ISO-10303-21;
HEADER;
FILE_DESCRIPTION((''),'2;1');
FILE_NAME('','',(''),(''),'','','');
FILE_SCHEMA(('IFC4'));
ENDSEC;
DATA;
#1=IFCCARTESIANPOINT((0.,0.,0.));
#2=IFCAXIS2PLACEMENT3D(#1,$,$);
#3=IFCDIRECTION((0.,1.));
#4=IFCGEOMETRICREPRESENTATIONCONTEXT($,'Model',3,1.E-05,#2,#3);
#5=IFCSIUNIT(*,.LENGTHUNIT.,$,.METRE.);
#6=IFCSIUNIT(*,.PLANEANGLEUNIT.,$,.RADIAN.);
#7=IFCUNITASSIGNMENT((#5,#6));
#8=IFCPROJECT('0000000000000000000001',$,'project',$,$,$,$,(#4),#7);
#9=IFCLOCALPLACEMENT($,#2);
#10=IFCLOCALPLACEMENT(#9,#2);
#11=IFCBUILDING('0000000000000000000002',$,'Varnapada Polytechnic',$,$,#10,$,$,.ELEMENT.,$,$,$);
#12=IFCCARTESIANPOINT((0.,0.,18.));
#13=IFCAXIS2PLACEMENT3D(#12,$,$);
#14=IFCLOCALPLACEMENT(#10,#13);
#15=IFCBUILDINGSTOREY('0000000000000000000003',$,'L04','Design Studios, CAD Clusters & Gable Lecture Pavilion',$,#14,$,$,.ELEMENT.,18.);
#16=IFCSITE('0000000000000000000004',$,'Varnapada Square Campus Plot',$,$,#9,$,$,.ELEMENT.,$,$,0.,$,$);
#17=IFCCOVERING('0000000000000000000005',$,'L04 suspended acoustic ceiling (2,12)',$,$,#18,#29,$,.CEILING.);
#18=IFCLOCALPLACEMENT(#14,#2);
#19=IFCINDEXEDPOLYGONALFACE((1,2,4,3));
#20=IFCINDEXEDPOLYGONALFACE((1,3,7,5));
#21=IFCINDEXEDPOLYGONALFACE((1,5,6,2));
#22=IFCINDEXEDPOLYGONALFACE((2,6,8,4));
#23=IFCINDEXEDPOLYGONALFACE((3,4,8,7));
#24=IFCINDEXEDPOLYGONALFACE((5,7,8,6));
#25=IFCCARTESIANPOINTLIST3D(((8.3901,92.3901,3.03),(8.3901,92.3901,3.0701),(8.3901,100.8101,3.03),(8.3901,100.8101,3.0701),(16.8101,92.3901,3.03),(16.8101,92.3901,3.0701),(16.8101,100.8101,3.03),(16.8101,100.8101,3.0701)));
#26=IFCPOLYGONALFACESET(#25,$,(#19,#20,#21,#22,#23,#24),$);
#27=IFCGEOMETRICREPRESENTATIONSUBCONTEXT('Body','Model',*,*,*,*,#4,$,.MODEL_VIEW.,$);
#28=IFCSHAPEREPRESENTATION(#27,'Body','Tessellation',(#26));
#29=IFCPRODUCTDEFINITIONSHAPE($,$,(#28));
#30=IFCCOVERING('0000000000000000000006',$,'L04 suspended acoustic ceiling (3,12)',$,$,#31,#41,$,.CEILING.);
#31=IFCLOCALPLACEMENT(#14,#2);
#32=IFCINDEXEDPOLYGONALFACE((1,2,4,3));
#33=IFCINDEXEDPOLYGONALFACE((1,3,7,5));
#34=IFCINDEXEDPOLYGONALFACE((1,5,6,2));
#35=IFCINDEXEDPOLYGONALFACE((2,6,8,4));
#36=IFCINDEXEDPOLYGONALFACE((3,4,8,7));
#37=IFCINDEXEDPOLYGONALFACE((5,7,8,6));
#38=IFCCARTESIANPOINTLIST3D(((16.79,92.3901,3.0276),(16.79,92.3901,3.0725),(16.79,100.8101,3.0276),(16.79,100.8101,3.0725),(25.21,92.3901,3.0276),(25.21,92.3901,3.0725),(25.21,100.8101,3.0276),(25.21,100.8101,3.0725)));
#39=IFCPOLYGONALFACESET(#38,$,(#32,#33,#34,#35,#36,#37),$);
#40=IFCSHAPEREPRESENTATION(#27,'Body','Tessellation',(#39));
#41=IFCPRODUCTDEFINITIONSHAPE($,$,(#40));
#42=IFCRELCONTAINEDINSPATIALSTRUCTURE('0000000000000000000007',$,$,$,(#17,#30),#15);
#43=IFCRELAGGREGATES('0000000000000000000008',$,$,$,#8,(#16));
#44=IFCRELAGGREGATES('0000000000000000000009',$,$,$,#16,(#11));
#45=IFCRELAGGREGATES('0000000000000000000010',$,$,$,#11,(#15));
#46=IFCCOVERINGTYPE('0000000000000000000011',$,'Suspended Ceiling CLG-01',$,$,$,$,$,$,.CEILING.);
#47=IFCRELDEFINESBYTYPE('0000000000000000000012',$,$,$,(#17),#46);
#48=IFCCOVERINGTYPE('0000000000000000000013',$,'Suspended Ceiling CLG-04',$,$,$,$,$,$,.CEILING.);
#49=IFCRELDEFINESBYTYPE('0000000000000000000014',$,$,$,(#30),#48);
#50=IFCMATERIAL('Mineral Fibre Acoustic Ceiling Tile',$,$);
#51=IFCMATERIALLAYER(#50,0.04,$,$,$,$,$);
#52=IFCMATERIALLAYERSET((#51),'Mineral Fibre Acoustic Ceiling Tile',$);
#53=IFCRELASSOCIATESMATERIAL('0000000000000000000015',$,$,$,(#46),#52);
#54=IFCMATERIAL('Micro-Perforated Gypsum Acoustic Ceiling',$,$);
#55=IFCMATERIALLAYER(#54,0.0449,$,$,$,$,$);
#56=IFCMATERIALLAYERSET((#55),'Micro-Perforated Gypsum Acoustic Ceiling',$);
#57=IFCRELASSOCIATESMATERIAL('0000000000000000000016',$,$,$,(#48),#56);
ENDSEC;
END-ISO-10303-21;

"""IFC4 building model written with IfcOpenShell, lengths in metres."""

from ifc_helpers import new_model, si_unit, direction, frame, origin, origin_2d, place, context, subcontext, project, spatial, rectangle, extrude, material, layer, layer_set, type_object, element, save


model = new_model("IFC4")

# Units and contexts
model_context = context("Model", 3, precision=1e-05, world=origin(), true_north=direction((0.0, 1.0)))
body_context = subcontext(model_context, "Body", "Model", "MODEL_VIEW")
ifc_project = project(units=[si_unit("LENGTHUNIT", "METRE"), si_unit("PLANEANGLEUNIT", "RADIAN")], contexts=[model_context])

# Site, building, storey
site_placement = place(None, origin())
site = spatial("IfcSite", under=ifc_project, at=site_placement, Name="Varnapada Square Campus Plot", CompositionType="ELEMENT", RefElevation=0.0)
building_placement = place(site_placement, origin())
building = spatial("IfcBuilding", under=site, at=building_placement, Name="Varnapada Polytechnic", CompositionType="ELEMENT")
storey_placement = place(building_placement, frame((0.0, 0.0, 18.0)))
storey = spatial("IfcBuildingStorey", under=building, at=storey_placement, Name="L04", Description="Design Studios, CAD Clusters & Gable Lecture Pavilion", CompositionType="ELEMENT", Elevation=18.0)

# Coverings
ifc_material_1 = material(Name="Mineral Fibre Acoustic Ceiling Tile")
ifc_layer_1 = layer(ifc_material_1, 0.04)
ifc_layer_set_1 = layer_set([ifc_layer_1], Name="Mineral Fibre Acoustic Ceiling Tile")
covering_type_1 = type_object("IfcCoveringType", Name="Suspended Ceiling CLG-01", PredefinedType="CEILING", material=ifc_layer_set_1)
covering_1_placement = place(storey_placement, frame((12.6001, 96.6001, 3.03), z_axis=(0.0, 0.0, 1.0), x_axis=(1.0, 0.0, 0.0)))
element("IfcCovering", 1, at=covering_1_placement, inside=storey, type_object=covering_type_1, Name="L04 suspended acoustic ceiling (2,12)", PredefinedType="CEILING", context=body_context, shape_type="SweptSolid", body=[
    extrude(rectangle(XDim=8.4199, YDim=8.4199, at=origin_2d()), origin(), (0.0, 0.0, 1.0), 0.04),
])
ifc_material_2 = material(Name="Micro-Perforated Gypsum Acoustic Ceiling")
ifc_layer_2 = layer(ifc_material_2, 0.0449)
ifc_layer_set_2 = layer_set([ifc_layer_2], Name="Micro-Perforated Gypsum Acoustic Ceiling")
covering_type_2 = type_object("IfcCoveringType", Name="Suspended Ceiling CLG-04", PredefinedType="CEILING", material=ifc_layer_set_2)
covering_2_placement = place(storey_placement, frame((21.0, 96.6001, 3.0276), z_axis=(0.0, 0.0, 1.0), x_axis=(1.0, 0.0, 0.0)))
element("IfcCovering", 2, at=covering_2_placement, inside=storey, type_object=covering_type_2, Name="L04 suspended acoustic ceiling (3,12)", PredefinedType="CEILING", context=body_context, shape_type="SweptSolid", body=[
    extrude(rectangle(XDim=8.4199, YDim=8.4199, at=origin_2d()), origin(), (0.0, 0.0, 1.0), 0.0449),
])

save(model, "model.ifc")
